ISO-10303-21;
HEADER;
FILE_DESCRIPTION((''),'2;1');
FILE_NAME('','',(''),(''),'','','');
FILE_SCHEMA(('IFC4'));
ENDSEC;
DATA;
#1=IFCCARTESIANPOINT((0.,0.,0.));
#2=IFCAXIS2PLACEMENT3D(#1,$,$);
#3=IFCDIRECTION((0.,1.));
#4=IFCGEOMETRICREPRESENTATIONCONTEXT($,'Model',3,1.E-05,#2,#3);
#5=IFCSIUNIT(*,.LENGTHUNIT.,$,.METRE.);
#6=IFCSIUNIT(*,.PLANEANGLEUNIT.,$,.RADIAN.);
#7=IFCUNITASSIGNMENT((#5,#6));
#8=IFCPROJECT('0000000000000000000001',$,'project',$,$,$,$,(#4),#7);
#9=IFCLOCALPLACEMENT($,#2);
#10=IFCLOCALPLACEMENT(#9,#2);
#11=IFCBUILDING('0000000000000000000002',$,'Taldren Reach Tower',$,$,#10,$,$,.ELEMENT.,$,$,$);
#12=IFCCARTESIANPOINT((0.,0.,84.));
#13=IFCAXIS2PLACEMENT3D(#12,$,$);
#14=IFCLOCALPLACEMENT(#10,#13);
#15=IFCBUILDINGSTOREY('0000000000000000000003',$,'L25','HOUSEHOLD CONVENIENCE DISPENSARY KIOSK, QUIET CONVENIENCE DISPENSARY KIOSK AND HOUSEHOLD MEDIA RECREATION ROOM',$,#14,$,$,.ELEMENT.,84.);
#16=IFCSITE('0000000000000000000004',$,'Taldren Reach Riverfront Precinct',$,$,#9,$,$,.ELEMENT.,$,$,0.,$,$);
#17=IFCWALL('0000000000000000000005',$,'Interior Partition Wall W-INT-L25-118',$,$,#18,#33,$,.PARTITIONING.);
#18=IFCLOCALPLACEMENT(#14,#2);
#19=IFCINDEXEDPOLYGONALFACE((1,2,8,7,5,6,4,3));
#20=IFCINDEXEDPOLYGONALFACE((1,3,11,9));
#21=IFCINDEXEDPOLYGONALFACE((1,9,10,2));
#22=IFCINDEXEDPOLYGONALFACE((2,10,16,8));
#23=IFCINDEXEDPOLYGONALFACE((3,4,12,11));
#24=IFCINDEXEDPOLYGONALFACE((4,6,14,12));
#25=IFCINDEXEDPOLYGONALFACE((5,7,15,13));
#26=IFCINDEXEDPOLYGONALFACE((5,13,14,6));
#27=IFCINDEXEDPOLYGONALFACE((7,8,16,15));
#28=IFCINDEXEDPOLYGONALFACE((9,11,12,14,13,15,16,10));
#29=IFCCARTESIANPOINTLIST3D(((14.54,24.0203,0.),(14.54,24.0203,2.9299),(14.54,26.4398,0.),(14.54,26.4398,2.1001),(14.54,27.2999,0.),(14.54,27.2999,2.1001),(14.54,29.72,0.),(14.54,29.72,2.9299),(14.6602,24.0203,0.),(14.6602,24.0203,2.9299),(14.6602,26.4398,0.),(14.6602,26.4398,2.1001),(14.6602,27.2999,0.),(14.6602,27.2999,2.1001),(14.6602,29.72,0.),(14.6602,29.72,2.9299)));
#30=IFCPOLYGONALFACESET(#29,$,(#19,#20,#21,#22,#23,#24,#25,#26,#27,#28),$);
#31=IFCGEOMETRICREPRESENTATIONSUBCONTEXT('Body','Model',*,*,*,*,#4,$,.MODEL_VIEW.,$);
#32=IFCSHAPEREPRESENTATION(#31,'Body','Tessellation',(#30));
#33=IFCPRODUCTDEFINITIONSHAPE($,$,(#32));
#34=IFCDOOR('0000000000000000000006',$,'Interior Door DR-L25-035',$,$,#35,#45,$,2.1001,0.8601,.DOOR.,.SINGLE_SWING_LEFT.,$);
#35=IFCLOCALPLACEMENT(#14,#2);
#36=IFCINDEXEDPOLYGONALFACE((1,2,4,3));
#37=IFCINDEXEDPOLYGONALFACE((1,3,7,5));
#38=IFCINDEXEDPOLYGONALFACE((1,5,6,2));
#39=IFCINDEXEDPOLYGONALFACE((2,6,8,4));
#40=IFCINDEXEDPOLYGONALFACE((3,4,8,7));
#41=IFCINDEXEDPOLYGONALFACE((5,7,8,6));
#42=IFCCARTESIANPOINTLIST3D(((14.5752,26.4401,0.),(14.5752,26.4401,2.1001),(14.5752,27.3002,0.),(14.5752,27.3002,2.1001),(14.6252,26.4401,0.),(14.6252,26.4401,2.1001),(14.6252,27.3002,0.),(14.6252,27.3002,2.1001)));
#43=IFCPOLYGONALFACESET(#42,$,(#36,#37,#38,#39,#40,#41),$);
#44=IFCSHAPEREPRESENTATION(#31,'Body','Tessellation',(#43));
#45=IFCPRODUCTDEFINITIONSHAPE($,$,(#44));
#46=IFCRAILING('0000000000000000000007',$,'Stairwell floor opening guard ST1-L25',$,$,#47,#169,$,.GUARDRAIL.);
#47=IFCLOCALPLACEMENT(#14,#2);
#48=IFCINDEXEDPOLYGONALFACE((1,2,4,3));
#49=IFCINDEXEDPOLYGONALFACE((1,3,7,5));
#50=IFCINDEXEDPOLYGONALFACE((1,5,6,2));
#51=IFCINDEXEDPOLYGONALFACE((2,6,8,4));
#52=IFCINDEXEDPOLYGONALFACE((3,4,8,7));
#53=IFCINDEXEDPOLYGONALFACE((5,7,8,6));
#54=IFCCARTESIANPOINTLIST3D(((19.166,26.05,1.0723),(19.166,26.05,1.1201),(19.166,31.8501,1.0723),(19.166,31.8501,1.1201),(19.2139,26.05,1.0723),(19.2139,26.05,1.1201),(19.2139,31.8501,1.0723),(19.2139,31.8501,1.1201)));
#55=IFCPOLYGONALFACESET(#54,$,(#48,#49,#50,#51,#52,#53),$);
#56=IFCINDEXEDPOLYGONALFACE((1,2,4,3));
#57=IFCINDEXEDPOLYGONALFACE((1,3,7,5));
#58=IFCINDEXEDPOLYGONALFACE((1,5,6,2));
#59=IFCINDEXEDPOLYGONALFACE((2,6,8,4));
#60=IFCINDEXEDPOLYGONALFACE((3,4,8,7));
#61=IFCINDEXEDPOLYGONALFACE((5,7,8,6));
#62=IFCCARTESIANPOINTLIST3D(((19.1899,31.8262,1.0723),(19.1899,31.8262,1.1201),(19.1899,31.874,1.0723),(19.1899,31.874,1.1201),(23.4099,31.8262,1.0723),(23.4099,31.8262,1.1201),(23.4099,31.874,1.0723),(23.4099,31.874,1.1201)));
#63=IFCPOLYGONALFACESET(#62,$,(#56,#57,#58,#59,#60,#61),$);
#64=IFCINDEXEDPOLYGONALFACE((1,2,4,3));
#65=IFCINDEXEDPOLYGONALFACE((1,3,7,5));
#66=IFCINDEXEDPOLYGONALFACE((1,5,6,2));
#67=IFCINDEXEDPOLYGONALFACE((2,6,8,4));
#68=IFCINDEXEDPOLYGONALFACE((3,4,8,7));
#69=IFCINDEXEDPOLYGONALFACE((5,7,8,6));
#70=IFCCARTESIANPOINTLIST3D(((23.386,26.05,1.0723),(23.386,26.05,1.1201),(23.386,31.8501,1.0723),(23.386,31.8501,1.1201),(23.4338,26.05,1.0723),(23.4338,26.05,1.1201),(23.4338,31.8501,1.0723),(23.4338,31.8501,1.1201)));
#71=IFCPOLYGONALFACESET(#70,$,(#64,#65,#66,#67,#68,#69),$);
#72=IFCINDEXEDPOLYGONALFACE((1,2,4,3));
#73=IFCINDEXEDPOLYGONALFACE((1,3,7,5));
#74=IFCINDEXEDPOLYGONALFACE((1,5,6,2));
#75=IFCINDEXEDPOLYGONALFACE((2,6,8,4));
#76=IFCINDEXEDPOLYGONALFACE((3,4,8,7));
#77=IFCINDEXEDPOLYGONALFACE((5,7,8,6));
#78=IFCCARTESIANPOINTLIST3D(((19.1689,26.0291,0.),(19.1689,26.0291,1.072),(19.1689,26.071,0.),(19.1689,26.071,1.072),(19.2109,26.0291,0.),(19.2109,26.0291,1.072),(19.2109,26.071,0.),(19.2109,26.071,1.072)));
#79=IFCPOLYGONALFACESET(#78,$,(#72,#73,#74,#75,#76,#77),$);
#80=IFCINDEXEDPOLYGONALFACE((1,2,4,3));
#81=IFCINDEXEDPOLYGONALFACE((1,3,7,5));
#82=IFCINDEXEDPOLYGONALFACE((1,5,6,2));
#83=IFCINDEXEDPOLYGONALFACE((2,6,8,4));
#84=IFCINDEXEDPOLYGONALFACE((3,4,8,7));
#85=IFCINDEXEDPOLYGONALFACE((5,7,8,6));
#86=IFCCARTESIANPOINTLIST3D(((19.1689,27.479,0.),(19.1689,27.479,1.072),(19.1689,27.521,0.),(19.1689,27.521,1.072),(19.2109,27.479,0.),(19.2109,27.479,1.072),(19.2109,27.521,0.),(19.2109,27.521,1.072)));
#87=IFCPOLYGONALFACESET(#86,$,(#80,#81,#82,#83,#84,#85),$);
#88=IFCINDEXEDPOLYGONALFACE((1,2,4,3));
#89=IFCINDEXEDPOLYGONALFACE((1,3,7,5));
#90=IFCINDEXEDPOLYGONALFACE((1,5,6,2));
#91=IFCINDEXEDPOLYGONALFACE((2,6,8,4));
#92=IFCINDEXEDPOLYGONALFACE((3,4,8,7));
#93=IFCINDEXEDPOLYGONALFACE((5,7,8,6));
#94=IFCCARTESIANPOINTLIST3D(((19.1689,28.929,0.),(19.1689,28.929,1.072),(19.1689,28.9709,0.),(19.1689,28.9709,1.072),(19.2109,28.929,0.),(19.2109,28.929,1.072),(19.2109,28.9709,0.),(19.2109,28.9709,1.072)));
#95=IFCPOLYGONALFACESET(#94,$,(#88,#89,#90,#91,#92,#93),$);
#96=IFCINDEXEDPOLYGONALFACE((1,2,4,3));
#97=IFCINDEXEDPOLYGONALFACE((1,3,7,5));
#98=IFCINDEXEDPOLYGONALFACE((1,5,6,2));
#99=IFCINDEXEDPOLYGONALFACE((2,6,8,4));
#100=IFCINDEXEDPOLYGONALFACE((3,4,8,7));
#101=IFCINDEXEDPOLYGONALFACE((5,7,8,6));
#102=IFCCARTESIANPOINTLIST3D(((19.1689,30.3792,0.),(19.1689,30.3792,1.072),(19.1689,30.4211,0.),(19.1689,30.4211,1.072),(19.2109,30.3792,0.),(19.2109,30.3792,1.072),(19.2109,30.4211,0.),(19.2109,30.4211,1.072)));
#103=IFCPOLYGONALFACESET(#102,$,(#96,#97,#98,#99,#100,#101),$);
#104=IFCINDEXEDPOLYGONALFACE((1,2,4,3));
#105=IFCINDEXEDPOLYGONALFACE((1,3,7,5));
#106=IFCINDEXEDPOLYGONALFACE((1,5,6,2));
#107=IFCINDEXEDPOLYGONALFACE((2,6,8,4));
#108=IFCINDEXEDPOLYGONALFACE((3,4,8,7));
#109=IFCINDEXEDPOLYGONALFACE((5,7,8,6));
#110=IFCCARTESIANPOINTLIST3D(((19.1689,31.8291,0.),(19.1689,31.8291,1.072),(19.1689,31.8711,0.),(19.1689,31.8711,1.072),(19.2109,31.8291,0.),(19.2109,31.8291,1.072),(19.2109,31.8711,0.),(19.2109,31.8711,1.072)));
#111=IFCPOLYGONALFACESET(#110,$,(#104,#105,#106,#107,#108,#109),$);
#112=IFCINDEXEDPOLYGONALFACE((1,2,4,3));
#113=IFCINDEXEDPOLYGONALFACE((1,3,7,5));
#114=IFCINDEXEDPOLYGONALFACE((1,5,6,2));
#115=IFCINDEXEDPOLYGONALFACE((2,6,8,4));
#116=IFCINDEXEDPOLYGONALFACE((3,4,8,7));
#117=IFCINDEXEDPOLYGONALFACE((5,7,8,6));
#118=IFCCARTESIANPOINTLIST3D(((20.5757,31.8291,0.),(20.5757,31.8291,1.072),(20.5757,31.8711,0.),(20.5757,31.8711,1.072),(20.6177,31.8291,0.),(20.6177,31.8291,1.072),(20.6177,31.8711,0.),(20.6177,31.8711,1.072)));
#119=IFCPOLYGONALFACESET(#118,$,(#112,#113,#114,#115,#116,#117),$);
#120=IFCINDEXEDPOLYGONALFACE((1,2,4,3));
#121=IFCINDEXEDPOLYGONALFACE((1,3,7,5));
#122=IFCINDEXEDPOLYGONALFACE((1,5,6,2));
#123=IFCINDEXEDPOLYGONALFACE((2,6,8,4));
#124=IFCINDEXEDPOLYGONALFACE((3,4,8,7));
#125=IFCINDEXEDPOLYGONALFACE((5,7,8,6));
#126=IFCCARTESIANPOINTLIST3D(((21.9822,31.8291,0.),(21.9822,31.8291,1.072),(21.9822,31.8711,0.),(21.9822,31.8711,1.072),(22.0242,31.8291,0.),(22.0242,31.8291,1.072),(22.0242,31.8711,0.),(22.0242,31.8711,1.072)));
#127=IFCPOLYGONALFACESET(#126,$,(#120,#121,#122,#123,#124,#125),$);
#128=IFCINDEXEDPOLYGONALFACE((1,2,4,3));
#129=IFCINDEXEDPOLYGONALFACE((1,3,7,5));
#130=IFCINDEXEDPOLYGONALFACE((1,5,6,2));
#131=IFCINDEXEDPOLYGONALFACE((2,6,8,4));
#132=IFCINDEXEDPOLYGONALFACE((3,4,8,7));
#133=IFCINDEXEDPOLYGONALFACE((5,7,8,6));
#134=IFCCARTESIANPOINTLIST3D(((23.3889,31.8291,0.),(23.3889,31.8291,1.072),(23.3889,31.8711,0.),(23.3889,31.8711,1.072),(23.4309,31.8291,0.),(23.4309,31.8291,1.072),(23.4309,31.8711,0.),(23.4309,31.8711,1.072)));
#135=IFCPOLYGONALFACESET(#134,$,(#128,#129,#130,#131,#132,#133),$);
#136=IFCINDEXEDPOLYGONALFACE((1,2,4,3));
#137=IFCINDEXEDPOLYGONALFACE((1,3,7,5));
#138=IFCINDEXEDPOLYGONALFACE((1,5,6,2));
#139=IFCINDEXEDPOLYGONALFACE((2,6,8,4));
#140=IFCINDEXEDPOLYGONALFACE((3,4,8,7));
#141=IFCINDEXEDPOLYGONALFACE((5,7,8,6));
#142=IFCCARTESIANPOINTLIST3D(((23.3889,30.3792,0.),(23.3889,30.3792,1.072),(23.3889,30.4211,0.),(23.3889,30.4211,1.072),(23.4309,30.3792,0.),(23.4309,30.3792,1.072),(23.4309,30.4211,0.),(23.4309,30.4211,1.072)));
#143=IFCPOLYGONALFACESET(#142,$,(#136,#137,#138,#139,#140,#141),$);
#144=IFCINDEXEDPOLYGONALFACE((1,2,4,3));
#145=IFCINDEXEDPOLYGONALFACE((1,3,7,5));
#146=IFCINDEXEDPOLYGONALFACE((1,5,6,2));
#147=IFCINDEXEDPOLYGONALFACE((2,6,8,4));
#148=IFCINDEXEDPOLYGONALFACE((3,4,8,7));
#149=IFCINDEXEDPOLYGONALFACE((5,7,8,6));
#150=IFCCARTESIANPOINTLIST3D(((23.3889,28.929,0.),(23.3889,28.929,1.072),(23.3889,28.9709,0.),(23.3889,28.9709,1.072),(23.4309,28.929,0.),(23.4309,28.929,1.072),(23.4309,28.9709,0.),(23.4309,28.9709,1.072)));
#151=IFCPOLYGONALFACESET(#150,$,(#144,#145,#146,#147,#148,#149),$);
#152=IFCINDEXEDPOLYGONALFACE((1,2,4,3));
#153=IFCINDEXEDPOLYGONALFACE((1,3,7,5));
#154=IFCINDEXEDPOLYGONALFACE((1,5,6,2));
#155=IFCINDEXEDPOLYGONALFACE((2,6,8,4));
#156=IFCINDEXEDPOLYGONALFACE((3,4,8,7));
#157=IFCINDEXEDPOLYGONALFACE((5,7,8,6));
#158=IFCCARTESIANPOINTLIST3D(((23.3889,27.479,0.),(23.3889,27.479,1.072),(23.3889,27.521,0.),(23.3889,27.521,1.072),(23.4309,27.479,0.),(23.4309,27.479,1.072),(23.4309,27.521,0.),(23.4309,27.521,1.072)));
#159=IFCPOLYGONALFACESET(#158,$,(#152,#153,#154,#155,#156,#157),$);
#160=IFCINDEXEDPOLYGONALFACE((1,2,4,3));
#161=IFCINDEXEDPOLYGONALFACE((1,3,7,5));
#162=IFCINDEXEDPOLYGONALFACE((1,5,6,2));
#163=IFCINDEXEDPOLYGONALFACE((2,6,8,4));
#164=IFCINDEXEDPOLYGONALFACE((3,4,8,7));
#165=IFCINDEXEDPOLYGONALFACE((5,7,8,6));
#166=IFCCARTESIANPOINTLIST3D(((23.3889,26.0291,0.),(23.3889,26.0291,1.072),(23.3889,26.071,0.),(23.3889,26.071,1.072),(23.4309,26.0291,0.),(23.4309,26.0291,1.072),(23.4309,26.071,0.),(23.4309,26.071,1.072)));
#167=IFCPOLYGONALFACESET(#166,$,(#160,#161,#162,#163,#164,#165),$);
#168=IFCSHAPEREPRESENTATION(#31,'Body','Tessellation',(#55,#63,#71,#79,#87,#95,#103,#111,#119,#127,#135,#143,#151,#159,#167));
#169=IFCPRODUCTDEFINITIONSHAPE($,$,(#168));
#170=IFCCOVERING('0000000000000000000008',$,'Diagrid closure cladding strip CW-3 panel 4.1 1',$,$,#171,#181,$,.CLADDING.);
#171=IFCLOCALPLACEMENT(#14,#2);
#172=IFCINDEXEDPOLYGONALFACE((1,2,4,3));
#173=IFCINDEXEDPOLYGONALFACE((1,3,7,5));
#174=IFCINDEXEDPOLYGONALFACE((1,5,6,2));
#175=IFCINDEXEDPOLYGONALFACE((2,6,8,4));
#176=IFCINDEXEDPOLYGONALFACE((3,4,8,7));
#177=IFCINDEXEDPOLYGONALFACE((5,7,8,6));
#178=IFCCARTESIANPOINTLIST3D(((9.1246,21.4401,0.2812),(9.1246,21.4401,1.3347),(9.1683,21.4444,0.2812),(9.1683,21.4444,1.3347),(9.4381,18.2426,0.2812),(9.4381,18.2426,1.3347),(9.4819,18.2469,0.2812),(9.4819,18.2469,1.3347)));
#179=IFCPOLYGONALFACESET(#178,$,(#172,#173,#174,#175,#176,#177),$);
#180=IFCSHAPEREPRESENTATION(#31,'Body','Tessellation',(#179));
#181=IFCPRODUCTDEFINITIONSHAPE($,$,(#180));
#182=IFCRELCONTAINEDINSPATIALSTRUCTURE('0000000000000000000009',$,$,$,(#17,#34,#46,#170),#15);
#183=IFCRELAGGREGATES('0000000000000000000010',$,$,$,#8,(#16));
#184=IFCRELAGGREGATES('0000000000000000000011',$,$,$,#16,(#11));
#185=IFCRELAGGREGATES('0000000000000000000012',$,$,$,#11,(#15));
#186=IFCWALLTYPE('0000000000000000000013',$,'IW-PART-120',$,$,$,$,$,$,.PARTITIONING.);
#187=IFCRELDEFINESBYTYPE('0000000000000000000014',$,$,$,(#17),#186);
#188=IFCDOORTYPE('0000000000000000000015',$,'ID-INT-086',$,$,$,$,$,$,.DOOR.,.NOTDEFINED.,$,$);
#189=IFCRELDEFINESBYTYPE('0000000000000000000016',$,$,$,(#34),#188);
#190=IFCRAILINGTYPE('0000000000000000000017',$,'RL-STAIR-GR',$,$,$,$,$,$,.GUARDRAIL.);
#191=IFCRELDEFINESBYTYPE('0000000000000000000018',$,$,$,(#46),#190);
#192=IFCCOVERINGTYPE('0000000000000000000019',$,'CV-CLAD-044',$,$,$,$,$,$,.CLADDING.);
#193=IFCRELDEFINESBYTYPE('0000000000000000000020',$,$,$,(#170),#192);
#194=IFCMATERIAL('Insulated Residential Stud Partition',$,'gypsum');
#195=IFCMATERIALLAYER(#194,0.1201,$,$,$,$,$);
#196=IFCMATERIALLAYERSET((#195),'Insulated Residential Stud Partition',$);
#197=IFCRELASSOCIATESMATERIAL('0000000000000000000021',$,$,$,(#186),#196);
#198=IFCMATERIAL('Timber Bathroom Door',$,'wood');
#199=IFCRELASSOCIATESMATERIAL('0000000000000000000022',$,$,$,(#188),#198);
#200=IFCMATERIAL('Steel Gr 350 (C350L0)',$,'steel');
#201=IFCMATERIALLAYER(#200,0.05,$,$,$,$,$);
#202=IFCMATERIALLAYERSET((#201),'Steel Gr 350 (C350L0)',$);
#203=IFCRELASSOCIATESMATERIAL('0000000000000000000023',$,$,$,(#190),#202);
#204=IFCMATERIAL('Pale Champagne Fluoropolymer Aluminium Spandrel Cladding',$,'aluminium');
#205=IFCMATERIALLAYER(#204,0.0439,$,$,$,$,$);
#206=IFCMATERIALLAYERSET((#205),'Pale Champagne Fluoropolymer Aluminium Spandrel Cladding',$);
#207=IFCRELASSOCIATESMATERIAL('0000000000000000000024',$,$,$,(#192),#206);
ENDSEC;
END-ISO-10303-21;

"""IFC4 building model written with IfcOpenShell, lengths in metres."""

from ifc_helpers import new_model, si_unit, direction, frame, frame_2d, origin, origin_2d, place, context, subcontext, project, spatial, rectangle, extrude, source, transform, mapped, material, layer, layer_set, type_object, element, fill, save


model = new_model("IFC4")

# Units and contexts
model_context = context("Model", 3, precision=1e-05, world=origin(), true_north=direction((0.0, 1.0)))
body_context = subcontext(model_context, "Body", "Model", "MODEL_VIEW")
ifc_project = project(units=[si_unit("LENGTHUNIT", "METRE"), si_unit("PLANEANGLEUNIT", "RADIAN")], contexts=[model_context])

# Site, building, storey
site_placement = place(None, origin())
site = spatial("IfcSite", under=ifc_project, at=site_placement, Name="Taldren Reach Riverfront Precinct", CompositionType="ELEMENT", RefElevation=0.0)
building_placement = place(site_placement, origin())
building = spatial("IfcBuilding", under=site, at=building_placement, Name="Taldren Reach Tower", CompositionType="ELEMENT")
storey_placement = place(building_placement, frame((0.0, 0.0, 84.0)))
storey = spatial("IfcBuildingStorey", under=building, at=storey_placement, Name="L25", Description="HOUSEHOLD CONVENIENCE DISPENSARY KIOSK, QUIET CONVENIENCE DISPENSARY KIOSK AND HOUSEHOLD MEDIA RECREATION ROOM", CompositionType="ELEMENT", Elevation=84.0)

# Shared definitions
ifc_material_1 = material(Name="Steel Gr 350 (C350L0)", Category="steel")

# Shared definitions
ifc_material_2 = material(Name="Insulated Residential Stud Partition", Category="gypsum")
ifc_layer_1 = layer(ifc_material_2, 0.1201)
ifc_layer_set_1 = layer_set([ifc_layer_1], Name="Insulated Residential Stud Partition")
wall_type_1 = type_object("IfcWallType", Name="IW-PART-120", PredefinedType="PARTITIONING", material=ifc_layer_set_1)

# Wall, opening, door
shared_shape_1 = source(origin(), body_context, "Body", "SweptSolid", [
    extrude(rectangle(XDim=5.6997, YDim=0.1201, at=frame_2d((2.8499, 0.0))), origin(), (0.0, 0.0, 1.0), 2.9299),
])
wall_1_placement = place(storey_placement, frame((14.6001, 29.72, 0.0), z_axis=(0.0, 0.0, 1.0), x_axis=(0.0, -1.0, 0.0)))
wall_1 = element("IfcWall", 1, at=wall_1_placement, inside=storey, type_object=wall_type_1, Name="Interior Partition Wall W-INT-L25-118", PredefinedType="PARTITIONING", context=body_context, shape_type="MappedRepresentation", body=[
    mapped(shared_shape_1, transform((0.0, 0.0, 0.0), scale=1.0)),
])
shared_shape_2 = source(origin(), body_context, "Body", "SweptSolid", [
    extrude(rectangle(XDim=0.8601, YDim=2.1001, at=frame_2d((0.4302, 1.05))), frame((0.0, 0.0701, 0.0), z_axis=(0.0, -1.0, 0.0), x_axis=(1.0, 0.0, 0.0)), (0.0, 0.0, 1.0), 0.1401),
])
opening_1_placement = place(wall_1_placement, frame((2.4199, 0.0, 0.0)))
opening_1 = element("IfcOpeningElement", 2, at=opening_1_placement, cuts=wall_1, PredefinedType="OPENING", context=body_context, shape_type="MappedRepresentation", body=[
    mapped(shared_shape_2, transform((0.0, 0.0, 0.0), scale=1.0)),
])
ifc_material_3 = material(Name="Timber Bathroom Door", Category="wood")
door_type_1 = type_object("IfcDoorType", Name="ID-INT-086", OperationType="NOTDEFINED", PredefinedType="DOOR", material=ifc_material_3)
shared_shape_3 = source(origin(), body_context, "Body", "SweptSolid", [
    extrude(rectangle(XDim=0.8601, YDim=2.1001, at=frame_2d((0.4302, 1.05))), frame((0.0, 0.0249, 0.0), z_axis=(0.0, -1.0, 0.0), x_axis=(1.0, 0.0, 0.0)), (0.0, 0.0, 1.0), 0.05),
])
door_1_placement = place(opening_1_placement, frame((0.8601, 0.0, 0.0), z_axis=(0.0, 0.0, 1.0), x_axis=(-1.0, 0.0, 0.0)))
door_1 = element("IfcDoor", 3, at=door_1_placement, inside=storey, type_object=door_type_1, Name="Interior Door DR-L25-035", OperationType="SINGLE_SWING_LEFT", OverallHeight=2.1001, OverallWidth=0.8601, PredefinedType="DOOR", context=body_context, shape_type="MappedRepresentation", body=[
    mapped(shared_shape_3, transform((0.0, 0.0, 0.0), scale=1.0)),
])
fill(opening_1, door_1)

# Railing
ifc_layer_2 = layer(ifc_material_1, 0.05)
ifc_layer_set_2 = layer_set([ifc_layer_2], Name="Steel Gr 350 (C350L0)")
railing_type = type_object("IfcRailingType", Name="RL-STAIR-GR", PredefinedType="GUARDRAIL", material=ifc_layer_set_2)
railing_placement = place(storey_placement, frame((19.1899, 26.05, 0.0)))
element("IfcRailing", 4, at=railing_placement, inside=storey, type_object=railing_type, Name="Stairwell floor opening guard ST1-L25", PredefinedType="GUARDRAIL", context=body_context, shape_type="SweptSolid", body=[
    extrude(rectangle(XDim=0.0479, YDim=0.0479, at=origin_2d()), frame((0.0, 0.0, 1.0962), z_axis=(0.0, 1.0, 0.0), x_axis=(-1.0, 0.0, 0.0)), (0.0, 0.0, 1.0), 5.8),
    extrude(rectangle(XDim=0.0479, YDim=0.0479, at=origin_2d()), frame((0.0, 5.8, 1.0962), z_axis=(1.0, 0.0, 0.0), x_axis=(0.0, 1.0, 0.0)), (0.0, 0.0, 1.0), 4.22),
    extrude(rectangle(XDim=0.0479, YDim=0.0479, at=origin_2d()), frame((4.22, 5.8, 1.0962), z_axis=(0.0, -1.0, 0.0), x_axis=(1.0, 0.0, 0.0)), (0.0, 0.0, 1.0), 5.8),
    extrude(rectangle(XDim=0.042, YDim=0.042, at=origin_2d()), origin(), (0.0, 0.0, 1.0), 1.072),
    extrude(rectangle(XDim=0.042, YDim=0.042, at=origin_2d()), frame((0.0, 1.45, 0.0)), (0.0, 0.0, 1.0), 1.072),
    extrude(rectangle(XDim=0.042, YDim=0.042, at=origin_2d()), frame((0.0, 2.8999, 0.0)), (0.0, 0.0, 1.0), 1.072),
    extrude(rectangle(XDim=0.042, YDim=0.042, at=origin_2d()), frame((0.0, 4.3501, 0.0)), (0.0, 0.0, 1.0), 1.072),
    extrude(rectangle(XDim=0.042, YDim=0.042, at=origin_2d()), frame((0.0, 5.8, 0.0)), (0.0, 0.0, 1.0), 1.072),
    extrude(rectangle(XDim=0.042, YDim=0.042, at=origin_2d()), frame((1.4067, 5.8, 0.0)), (0.0, 0.0, 1.0), 1.072),
    extrude(rectangle(XDim=0.042, YDim=0.042, at=origin_2d()), frame((2.8132, 5.8, 0.0)), (0.0, 0.0, 1.0), 1.072),
    extrude(rectangle(XDim=0.042, YDim=0.042, at=origin_2d()), frame((4.22, 5.8, 0.0)), (0.0, 0.0, 1.0), 1.072),
    extrude(rectangle(XDim=0.042, YDim=0.042, at=origin_2d()), frame((4.22, 4.3501, 0.0)), (0.0, 0.0, 1.0), 1.072),
    extrude(rectangle(XDim=0.042, YDim=0.042, at=origin_2d()), frame((4.22, 2.8999, 0.0)), (0.0, 0.0, 1.0), 1.072),
    extrude(rectangle(XDim=0.042, YDim=0.042, at=origin_2d()), frame((4.22, 1.45, 0.0)), (0.0, 0.0, 1.0), 1.072),
    extrude(rectangle(XDim=0.042, YDim=0.042, at=origin_2d()), frame((4.22, 0.0, 0.0)), (0.0, 0.0, 1.0), 1.072),
])

# Covering
ifc_material_4 = material(Name="Pale Champagne Fluoropolymer Aluminium Spandrel Cladding", Category="aluminium")
ifc_layer_3 = layer(ifc_material_4, 0.0439)
ifc_layer_set_3 = layer_set([ifc_layer_3], Name="Pale Champagne Fluoropolymer Aluminium Spandrel Cladding")
covering_type = type_object("IfcCoveringType", Name="CV-CLAD-044", PredefinedType="CLADDING", material=ifc_layer_set_3)
shared_shape_4 = source(origin(), body_context, "Body", "SweptSolid", [
    extrude(rectangle(XDim=3.2129, YDim=0.0439, at=origin_2d()), origin(), (0.0, 0.0, 1.0), 1.0535),
])
covering_placement = place(storey_placement, frame((9.3032, 19.8435, 0.2812), z_axis=(0.0, 0.0, 1.0), x_axis=(0.097583, -0.995227, 0.0)))
element("IfcCovering", 5, at=covering_placement, inside=storey, type_object=covering_type, Name="Diagrid closure cladding strip CW-3 panel 4.1 1", PredefinedType="CLADDING", context=body_context, shape_type="MappedRepresentation", body=[
    mapped(shared_shape_4, transform((0.0, 0.0, 0.0), scale=1.0)),
])

save(model, "model.ifc")
